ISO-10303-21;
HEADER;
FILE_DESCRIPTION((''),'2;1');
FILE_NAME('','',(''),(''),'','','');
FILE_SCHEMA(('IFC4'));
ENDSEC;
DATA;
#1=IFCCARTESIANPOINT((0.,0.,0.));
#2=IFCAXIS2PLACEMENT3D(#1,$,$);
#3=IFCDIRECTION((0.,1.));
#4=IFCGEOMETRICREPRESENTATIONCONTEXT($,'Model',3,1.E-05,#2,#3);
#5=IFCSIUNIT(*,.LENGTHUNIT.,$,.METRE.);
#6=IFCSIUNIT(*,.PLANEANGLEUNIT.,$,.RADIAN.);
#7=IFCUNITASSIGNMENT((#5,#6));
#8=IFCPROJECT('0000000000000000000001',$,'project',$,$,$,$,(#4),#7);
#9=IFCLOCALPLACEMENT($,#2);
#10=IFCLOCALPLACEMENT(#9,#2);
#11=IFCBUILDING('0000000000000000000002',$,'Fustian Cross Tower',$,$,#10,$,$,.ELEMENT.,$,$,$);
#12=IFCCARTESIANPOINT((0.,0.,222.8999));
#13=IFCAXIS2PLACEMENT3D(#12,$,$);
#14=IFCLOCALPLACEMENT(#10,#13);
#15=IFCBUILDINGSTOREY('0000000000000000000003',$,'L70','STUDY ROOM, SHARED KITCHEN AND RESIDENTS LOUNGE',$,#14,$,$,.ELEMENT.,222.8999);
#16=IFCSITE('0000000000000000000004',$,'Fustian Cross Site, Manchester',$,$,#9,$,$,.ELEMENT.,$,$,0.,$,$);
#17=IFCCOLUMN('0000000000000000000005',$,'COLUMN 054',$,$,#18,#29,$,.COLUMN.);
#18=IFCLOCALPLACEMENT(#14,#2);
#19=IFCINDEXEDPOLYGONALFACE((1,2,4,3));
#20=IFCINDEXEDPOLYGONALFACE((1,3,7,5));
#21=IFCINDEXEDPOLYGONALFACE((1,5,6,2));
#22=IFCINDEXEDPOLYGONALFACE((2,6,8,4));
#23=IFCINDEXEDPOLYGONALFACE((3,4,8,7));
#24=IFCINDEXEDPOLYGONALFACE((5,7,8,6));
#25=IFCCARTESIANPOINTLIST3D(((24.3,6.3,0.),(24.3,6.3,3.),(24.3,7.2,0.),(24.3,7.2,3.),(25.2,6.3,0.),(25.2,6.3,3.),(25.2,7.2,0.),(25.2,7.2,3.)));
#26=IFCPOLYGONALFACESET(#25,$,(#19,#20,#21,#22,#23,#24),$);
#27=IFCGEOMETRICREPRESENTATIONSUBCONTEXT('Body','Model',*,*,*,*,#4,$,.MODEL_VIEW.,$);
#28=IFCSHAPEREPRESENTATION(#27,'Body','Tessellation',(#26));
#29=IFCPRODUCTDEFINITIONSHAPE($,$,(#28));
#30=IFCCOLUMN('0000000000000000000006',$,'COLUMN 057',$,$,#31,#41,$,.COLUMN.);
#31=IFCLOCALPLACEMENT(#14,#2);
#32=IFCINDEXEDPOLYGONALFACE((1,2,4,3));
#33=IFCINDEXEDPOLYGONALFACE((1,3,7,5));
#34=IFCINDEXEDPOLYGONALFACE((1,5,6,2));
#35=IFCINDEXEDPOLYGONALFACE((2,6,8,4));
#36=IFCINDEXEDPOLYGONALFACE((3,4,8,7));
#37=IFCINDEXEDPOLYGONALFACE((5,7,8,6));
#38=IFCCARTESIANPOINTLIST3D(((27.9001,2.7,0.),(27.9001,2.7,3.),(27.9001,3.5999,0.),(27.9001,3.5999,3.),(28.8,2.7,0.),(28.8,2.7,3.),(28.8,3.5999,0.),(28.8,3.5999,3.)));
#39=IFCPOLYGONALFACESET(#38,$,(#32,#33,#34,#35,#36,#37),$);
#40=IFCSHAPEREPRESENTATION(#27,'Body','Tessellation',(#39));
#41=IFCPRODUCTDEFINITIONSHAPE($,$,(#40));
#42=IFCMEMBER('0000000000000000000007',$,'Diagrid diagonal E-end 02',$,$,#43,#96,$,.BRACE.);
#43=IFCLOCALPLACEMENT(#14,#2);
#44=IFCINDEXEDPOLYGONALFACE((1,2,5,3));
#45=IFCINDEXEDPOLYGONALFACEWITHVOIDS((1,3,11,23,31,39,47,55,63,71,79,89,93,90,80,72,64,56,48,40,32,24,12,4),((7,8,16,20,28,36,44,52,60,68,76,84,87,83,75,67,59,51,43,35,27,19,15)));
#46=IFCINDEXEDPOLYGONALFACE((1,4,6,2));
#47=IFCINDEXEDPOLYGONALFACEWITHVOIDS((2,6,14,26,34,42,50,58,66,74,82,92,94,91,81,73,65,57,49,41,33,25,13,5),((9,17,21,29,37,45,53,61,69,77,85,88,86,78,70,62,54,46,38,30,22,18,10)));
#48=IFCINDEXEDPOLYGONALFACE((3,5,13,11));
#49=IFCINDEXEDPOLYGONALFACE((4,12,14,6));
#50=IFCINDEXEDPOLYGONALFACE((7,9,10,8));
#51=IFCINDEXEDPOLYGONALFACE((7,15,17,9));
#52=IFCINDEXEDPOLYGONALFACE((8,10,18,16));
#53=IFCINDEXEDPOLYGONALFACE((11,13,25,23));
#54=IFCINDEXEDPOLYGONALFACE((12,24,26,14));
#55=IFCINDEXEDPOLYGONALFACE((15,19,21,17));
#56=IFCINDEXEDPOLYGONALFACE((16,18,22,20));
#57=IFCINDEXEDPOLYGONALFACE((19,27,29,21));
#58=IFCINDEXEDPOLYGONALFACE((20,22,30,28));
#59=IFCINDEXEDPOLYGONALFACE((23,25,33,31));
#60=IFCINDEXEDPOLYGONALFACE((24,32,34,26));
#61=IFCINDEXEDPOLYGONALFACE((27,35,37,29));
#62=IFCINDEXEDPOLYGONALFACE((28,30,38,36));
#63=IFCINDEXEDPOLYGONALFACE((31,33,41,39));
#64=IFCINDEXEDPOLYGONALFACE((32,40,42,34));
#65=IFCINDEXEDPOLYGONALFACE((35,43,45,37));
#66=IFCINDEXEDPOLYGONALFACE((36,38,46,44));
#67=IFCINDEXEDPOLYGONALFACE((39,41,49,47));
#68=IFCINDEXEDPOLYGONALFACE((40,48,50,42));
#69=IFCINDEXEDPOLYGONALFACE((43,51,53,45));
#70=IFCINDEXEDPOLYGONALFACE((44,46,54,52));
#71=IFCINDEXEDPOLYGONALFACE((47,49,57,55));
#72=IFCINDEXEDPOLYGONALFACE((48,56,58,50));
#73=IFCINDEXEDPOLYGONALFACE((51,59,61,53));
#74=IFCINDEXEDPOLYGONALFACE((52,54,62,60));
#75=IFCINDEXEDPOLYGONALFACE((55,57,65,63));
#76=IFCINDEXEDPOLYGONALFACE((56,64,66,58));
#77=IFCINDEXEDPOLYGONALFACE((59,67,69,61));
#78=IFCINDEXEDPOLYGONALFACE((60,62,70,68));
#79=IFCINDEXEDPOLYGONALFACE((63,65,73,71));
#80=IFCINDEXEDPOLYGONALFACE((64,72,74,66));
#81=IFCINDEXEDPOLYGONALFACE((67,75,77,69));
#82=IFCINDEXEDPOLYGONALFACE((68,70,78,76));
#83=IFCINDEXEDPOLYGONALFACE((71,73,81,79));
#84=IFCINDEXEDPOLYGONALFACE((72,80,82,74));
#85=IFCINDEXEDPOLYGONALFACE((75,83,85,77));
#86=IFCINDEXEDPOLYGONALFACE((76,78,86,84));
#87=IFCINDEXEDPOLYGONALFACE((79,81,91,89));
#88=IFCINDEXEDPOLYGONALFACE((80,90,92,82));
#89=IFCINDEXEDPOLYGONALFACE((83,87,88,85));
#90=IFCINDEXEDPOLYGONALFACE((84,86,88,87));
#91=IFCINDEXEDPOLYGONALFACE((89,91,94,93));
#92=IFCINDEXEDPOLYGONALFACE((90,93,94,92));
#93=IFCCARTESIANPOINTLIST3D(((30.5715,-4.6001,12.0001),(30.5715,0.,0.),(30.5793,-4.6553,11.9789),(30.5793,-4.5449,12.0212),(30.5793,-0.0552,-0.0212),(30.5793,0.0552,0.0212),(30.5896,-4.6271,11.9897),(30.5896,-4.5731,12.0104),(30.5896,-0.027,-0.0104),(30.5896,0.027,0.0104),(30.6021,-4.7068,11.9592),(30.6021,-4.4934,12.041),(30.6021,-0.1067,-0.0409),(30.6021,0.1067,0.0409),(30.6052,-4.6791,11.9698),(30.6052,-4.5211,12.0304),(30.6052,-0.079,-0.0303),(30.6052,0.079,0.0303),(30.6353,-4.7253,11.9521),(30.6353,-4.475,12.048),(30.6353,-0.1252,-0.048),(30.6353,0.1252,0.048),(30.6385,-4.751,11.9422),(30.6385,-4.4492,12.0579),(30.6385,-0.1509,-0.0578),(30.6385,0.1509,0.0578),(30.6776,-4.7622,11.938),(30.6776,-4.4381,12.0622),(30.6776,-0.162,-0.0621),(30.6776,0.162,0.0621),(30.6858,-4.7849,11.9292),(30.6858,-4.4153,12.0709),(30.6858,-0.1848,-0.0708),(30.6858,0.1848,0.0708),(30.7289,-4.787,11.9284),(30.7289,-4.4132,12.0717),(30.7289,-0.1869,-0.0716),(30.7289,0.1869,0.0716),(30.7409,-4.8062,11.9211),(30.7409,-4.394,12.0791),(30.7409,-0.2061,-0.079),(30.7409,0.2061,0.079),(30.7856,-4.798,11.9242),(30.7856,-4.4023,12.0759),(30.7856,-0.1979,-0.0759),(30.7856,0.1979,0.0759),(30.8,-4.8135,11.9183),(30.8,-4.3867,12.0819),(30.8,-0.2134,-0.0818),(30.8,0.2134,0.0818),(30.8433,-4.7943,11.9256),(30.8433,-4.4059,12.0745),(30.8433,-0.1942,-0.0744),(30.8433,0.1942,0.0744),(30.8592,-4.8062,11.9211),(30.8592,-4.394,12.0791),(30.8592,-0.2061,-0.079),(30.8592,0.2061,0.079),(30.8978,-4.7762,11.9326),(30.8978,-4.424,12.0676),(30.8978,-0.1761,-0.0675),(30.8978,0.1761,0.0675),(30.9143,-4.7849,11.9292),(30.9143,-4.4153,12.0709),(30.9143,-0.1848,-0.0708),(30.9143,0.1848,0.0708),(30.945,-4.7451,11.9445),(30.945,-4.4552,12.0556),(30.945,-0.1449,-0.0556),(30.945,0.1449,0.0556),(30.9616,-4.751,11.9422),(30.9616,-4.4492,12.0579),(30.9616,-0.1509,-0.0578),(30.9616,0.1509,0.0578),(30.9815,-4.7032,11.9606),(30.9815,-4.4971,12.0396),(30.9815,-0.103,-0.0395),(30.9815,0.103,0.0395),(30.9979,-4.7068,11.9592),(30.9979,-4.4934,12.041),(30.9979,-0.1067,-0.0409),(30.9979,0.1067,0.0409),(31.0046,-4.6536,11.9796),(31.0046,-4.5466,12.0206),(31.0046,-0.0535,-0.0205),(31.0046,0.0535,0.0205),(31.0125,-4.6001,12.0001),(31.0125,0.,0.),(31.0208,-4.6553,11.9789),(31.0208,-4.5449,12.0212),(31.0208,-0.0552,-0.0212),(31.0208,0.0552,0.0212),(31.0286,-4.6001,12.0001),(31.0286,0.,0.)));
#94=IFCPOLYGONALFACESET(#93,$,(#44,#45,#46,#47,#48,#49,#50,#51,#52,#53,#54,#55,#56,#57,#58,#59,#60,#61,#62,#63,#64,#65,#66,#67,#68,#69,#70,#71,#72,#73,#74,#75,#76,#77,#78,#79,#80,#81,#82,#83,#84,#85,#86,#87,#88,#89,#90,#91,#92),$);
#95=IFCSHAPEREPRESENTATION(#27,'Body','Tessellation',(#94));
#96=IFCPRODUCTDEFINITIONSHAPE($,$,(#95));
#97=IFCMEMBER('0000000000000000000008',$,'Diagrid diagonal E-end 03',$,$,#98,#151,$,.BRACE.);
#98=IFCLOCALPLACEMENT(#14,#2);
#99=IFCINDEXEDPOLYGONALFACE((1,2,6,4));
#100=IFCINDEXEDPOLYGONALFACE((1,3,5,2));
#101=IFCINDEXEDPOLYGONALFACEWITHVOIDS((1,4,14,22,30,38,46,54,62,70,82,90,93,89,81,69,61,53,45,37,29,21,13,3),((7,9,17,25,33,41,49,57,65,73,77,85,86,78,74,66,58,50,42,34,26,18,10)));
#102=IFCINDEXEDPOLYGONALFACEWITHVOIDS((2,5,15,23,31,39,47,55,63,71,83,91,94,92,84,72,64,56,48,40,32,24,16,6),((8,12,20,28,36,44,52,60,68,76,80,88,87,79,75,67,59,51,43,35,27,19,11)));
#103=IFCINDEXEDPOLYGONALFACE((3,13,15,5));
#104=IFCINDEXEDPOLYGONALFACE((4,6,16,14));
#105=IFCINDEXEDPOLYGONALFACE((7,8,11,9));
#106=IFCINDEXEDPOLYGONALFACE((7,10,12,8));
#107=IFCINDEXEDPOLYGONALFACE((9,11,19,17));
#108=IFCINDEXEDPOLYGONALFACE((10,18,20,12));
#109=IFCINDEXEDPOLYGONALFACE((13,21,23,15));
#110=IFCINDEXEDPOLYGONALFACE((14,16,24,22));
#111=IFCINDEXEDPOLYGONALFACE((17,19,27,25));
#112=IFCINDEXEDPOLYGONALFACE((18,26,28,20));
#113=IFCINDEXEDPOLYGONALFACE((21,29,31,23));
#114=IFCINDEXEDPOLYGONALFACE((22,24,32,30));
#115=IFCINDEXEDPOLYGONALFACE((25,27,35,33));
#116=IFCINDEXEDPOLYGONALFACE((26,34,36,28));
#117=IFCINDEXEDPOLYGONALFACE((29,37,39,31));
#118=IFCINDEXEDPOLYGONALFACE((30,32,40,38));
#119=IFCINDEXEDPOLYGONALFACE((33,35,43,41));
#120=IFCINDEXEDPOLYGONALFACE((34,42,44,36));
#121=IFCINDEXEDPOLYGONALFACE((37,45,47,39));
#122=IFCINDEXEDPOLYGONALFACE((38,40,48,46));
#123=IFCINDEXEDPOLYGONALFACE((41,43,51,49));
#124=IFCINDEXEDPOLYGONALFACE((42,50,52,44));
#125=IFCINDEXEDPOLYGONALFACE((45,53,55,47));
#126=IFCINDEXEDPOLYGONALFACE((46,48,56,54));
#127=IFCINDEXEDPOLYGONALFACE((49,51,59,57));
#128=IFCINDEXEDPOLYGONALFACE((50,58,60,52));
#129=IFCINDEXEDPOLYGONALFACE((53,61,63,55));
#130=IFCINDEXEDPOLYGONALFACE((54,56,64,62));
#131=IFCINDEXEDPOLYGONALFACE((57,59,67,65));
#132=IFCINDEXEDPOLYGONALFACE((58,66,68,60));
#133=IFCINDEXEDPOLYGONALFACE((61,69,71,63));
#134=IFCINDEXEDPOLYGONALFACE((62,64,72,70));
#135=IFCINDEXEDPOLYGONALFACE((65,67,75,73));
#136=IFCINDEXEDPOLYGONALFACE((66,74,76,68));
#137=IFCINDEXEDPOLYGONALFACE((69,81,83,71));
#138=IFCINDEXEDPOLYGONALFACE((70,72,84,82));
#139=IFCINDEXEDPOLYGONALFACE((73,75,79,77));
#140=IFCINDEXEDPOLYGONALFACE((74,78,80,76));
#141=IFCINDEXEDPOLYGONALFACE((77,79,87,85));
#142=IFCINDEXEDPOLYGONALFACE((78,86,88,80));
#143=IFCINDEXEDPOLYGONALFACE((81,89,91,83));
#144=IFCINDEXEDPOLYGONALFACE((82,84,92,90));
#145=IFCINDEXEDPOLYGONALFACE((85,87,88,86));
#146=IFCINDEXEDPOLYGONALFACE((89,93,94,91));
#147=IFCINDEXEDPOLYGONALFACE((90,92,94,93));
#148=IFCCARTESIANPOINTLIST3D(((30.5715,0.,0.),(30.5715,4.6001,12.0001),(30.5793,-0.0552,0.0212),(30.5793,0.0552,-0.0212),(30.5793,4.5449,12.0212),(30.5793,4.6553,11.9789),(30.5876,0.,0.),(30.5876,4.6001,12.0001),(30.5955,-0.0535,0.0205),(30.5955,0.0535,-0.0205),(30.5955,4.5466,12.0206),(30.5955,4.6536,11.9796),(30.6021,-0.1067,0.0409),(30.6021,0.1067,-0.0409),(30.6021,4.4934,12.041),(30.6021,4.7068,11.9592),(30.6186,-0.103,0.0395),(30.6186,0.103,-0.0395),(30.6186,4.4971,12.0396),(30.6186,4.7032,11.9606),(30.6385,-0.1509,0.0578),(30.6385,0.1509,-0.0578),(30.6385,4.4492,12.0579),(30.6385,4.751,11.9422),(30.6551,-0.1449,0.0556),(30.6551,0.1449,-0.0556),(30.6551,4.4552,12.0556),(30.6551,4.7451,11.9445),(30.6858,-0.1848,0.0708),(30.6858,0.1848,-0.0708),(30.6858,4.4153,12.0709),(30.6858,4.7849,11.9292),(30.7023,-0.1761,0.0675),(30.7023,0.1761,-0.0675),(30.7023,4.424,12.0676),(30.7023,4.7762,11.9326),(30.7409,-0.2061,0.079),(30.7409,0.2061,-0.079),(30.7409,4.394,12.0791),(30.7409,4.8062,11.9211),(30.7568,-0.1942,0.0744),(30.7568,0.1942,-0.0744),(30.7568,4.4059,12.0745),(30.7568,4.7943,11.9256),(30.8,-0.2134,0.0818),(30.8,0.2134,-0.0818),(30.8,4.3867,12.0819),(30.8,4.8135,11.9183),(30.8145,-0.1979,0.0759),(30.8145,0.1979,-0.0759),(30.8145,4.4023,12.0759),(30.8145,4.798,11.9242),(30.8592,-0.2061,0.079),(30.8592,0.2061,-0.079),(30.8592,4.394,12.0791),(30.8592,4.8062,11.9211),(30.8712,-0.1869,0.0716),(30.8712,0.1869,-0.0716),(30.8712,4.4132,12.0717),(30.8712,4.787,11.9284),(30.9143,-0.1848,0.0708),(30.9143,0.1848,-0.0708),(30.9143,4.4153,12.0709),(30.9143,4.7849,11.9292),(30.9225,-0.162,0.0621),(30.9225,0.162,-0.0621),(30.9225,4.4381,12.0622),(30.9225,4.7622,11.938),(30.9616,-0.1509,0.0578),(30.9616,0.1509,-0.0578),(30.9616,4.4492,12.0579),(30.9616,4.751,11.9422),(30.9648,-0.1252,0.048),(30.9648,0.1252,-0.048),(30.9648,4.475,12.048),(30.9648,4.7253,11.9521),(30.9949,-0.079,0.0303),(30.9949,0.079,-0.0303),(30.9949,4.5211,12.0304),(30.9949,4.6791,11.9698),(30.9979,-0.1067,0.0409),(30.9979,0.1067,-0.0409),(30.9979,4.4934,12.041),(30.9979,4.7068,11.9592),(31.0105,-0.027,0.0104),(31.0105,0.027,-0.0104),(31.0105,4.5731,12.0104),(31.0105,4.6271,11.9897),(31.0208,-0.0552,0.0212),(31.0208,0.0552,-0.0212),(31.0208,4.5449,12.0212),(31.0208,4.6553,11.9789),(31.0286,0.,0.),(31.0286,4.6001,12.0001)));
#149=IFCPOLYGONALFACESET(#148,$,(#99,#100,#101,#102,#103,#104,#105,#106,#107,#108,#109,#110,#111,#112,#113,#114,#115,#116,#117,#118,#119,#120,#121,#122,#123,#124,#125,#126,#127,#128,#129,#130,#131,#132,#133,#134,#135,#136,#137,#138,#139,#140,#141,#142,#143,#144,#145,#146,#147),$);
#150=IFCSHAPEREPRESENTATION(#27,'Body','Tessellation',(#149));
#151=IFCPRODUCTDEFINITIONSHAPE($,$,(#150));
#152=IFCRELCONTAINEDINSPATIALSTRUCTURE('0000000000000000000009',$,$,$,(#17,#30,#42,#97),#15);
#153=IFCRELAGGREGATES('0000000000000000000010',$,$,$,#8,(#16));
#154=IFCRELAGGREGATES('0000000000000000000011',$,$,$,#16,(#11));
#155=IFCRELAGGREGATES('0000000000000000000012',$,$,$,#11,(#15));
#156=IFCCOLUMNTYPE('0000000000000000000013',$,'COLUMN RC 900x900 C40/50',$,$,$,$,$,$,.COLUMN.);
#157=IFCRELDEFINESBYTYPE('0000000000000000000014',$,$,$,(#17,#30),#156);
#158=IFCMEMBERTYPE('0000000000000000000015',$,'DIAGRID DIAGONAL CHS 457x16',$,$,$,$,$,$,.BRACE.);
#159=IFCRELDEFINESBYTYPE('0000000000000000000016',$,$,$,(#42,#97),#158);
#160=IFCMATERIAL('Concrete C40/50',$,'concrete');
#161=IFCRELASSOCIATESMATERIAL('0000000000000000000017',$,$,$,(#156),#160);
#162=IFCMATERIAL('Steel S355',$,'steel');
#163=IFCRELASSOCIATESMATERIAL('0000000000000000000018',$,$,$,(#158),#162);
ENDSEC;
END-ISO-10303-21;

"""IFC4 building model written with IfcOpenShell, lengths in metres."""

from ifc_helpers import new_model, si_unit, direction, frame, origin, origin_2d, place, context, subcontext, project, spatial, rectangle, hollow_circle, extrude, material, material_profile, profile_set, type_object, element, save


model = new_model("IFC4")

# Units and contexts
model_context = context("Model", 3, precision=1e-05, world=origin(), true_north=direction((0.0, 1.0)))
body_context = subcontext(model_context, "Body", "Model", "MODEL_VIEW")
ifc_project = project(units=[si_unit("LENGTHUNIT", "METRE"), si_unit("PLANEANGLEUNIT", "RADIAN")], contexts=[model_context])

# Site, building, storey
site_placement = place(None, origin())
site = spatial("IfcSite", under=ifc_project, at=site_placement, Name="Fustian Cross Site, Manchester", CompositionType="ELEMENT", RefElevation=0.0)
building_placement = place(site_placement, origin())
building = spatial("IfcBuilding", under=site, at=building_placement, Name="Fustian Cross Tower", CompositionType="ELEMENT")
storey_placement = place(building_placement, frame((0.0, 0.0, 222.8999)))
storey = spatial("IfcBuildingStorey", under=building, at=storey_placement, Name="L70", Description="STUDY ROOM, SHARED KITCHEN AND RESIDENTS LOUNGE", CompositionType="ELEMENT", Elevation=222.8999)

# Columns
ifc_material_1 = material(Name="Concrete C40/50", Category="concrete")
ifc_material_profile_1 = material_profile(ifc_material_1, rectangle(XDim=0.8999, YDim=0.8999, at=origin_2d()), Name="RC 900x900")
ifc_profile_set_1 = profile_set([ifc_material_profile_1], Name="Concrete C40/50")
column_type = type_object("IfcColumnType", Name="COLUMN RC 900x900 C40/50", PredefinedType="COLUMN", material=ifc_profile_set_1)
for number, where, z_axis, x_axis, name in (
    (1, (24.75, 6.75, 0.0), (0.0, 0.0, 1.0), (1.0, 0.0, 0.0), "COLUMN 054"),
    (2, (28.3501, 3.1499, 0.0), (0.0, 0.0, 1.0), (1.0, 0.0, 0.0), "COLUMN 057"),
):
    element("IfcColumn", number, at=place(storey_placement, frame(where, z_axis=z_axis, x_axis=x_axis)), inside=storey, type_object=column_type, Name=name, PredefinedType="COLUMN", context=body_context, shape_type="SweptSolid", body=[
        extrude(rectangle(XDim=0.8999, YDim=0.8999, at=origin_2d()), origin(), (0.0, 0.0, 1.0), 3.0),
    ])

# Members
ifc_material_2 = material(Name="Steel S355", Category="steel")
ifc_material_profile_2 = material_profile(ifc_material_2, hollow_circle(Radius=0.2285, WallThickness=0.0161, at=origin_2d()), Name="CHS 457x16")
ifc_profile_set_2 = profile_set([ifc_material_profile_2], Name="Steel S355")
member_type = type_object("IfcMemberType", Name="DIAGRID DIAGONAL CHS 457x16", PredefinedType="BRACE", material=ifc_profile_set_2)
for number, where, z_axis, x_axis, name in (
    (3, (30.8, 0.0, 0.0), (0.0, -0.357943, 0.933744), (1.0, 0.0, 0.0), "Diagrid diagonal E-end 02"),
    (4, (30.8, 0.0, 0.0), (0.0, 0.357943, 0.933744), (-1.0, 0.0, 0.0), "Diagrid diagonal E-end 03"),
):
    element("IfcMember", number, at=place(storey_placement, frame(where, z_axis=z_axis, x_axis=x_axis)), inside=storey, type_object=member_type, Name=name, PredefinedType="BRACE", context=body_context, shape_type="SweptSolid", body=[
        extrude(hollow_circle(Radius=0.2285, WallThickness=0.0161, at=origin_2d()), origin(), (0.0, 0.0, 1.0), 12.8516),
    ])

save(model, "model.ifc")
